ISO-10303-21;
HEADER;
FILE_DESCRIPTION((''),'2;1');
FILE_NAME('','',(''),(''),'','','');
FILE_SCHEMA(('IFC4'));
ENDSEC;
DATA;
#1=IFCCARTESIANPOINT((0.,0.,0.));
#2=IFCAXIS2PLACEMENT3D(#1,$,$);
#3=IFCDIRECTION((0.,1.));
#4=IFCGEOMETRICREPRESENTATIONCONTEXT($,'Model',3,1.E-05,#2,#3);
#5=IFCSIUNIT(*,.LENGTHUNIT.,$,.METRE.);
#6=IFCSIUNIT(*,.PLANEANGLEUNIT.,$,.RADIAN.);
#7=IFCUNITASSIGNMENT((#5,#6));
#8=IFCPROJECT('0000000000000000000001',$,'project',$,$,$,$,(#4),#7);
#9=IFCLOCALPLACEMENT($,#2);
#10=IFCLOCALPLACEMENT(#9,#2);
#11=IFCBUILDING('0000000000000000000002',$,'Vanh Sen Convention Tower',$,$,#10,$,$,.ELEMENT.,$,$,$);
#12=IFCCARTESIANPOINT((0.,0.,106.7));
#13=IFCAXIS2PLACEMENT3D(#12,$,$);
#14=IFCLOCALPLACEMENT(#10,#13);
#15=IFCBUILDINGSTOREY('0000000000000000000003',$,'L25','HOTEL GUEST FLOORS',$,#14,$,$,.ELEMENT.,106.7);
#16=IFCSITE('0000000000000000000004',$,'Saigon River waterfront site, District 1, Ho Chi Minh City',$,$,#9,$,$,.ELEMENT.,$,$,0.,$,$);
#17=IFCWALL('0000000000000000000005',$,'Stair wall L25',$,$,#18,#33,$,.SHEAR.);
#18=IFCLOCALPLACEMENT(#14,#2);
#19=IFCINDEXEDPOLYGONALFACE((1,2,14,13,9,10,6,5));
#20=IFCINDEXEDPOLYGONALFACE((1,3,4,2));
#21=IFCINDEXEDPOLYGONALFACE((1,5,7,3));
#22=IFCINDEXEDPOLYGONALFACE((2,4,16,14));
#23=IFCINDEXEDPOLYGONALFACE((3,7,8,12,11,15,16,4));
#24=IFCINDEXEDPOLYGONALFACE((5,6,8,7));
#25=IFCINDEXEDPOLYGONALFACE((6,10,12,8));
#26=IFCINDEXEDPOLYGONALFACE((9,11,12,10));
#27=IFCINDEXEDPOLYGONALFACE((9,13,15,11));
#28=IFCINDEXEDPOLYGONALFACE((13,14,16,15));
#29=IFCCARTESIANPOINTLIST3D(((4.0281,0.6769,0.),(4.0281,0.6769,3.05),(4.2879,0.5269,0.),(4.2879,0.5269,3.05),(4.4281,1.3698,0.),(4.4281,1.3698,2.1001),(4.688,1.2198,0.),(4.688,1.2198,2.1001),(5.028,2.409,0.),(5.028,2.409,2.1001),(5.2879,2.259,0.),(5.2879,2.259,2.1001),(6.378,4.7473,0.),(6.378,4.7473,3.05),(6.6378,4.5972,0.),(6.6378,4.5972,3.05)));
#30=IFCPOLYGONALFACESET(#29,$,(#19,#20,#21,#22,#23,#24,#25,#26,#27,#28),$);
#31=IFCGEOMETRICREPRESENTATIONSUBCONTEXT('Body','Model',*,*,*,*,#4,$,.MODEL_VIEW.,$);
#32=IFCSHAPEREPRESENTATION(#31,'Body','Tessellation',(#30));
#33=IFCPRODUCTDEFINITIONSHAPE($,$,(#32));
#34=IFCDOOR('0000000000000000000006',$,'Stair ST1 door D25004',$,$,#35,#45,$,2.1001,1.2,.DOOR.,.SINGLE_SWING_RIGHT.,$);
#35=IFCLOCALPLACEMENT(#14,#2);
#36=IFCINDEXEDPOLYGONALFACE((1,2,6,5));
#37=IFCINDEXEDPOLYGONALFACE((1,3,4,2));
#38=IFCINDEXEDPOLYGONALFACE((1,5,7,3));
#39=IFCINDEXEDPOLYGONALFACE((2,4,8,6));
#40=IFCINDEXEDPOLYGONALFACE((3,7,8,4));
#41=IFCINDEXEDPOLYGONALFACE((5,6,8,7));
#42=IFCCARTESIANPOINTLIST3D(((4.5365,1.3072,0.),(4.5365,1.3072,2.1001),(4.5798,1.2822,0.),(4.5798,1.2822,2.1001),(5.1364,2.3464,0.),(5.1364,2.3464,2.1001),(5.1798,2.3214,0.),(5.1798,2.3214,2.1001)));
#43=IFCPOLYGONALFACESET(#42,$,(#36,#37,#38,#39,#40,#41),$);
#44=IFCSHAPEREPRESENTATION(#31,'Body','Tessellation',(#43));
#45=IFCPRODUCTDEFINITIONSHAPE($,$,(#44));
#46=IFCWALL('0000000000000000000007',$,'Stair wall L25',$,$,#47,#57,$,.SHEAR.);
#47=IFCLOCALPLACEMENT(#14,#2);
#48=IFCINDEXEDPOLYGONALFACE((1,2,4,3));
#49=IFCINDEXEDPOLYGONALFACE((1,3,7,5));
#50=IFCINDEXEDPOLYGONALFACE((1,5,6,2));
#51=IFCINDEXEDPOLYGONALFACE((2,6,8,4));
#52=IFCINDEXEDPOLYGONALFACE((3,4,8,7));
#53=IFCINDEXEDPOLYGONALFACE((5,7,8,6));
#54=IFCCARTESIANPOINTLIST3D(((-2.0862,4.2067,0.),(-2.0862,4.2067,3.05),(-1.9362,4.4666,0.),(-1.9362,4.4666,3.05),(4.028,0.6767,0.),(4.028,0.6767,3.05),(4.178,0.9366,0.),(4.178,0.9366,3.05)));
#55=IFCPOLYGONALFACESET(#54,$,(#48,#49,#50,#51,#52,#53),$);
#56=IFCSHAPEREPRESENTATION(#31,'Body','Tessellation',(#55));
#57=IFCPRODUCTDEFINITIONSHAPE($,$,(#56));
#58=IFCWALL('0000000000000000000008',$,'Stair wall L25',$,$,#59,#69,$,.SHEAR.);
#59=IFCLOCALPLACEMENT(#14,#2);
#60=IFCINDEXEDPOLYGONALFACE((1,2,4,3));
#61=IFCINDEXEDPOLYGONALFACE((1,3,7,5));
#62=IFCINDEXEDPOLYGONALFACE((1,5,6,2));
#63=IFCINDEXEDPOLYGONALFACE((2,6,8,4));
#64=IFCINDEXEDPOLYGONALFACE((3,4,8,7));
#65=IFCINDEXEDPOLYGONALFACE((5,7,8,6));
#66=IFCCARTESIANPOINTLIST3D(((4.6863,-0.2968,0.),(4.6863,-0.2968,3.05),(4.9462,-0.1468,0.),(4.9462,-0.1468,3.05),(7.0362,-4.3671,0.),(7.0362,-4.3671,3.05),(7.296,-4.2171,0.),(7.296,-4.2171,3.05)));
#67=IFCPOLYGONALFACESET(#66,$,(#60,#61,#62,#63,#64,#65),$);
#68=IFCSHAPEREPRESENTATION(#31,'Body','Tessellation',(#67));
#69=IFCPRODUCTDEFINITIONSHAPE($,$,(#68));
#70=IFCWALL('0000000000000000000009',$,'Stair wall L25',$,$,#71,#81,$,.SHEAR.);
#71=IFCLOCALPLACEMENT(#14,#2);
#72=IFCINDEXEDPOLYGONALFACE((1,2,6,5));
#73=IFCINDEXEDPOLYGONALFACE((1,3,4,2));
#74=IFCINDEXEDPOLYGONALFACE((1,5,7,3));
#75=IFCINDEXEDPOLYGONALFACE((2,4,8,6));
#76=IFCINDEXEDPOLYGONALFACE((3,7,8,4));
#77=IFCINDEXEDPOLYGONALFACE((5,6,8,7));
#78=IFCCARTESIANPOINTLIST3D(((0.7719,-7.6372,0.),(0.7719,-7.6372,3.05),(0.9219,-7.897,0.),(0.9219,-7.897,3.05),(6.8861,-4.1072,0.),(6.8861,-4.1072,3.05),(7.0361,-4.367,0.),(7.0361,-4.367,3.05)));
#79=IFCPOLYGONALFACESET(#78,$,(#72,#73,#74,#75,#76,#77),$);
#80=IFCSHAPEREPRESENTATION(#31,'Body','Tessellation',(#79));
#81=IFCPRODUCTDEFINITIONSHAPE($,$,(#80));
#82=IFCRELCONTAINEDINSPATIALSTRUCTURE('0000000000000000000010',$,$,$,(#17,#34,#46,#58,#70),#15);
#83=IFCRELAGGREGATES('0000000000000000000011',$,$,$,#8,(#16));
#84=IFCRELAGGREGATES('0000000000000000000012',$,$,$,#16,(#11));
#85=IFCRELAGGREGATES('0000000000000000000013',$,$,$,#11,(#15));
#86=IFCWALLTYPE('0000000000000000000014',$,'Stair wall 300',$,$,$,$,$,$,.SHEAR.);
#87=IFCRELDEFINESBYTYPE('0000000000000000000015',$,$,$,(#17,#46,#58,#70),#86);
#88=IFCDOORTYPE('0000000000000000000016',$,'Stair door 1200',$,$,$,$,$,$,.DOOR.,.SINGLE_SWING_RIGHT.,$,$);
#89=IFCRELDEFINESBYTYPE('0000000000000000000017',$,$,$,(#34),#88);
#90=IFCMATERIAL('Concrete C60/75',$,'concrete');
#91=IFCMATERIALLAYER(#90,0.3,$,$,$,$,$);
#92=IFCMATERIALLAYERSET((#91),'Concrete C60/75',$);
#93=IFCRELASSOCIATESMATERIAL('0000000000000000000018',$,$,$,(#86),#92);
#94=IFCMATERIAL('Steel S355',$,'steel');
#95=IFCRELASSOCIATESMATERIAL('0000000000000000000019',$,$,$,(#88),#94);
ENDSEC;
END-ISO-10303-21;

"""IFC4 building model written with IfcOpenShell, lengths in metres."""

from ifc_helpers import new_model, si_unit, direction, frame, frame_2d, origin, place, context, subcontext, project, spatial, rectangle, extrude, material, layer, layer_set, type_object, element, fill, save


model = new_model("IFC4")

# Units and contexts
model_context = context("Model", 3, precision=1e-05, world=origin(), true_north=direction((0.0, 1.0)))
body_context = subcontext(model_context, "Body", "Model", "MODEL_VIEW")
ifc_project = project(units=[si_unit("LENGTHUNIT", "METRE"), si_unit("PLANEANGLEUNIT", "RADIAN")], contexts=[model_context])

# Site, building, storey
site_placement = place(None, origin())
site = spatial("IfcSite", under=ifc_project, at=site_placement, Name="Saigon River waterfront site, District 1, Ho Chi Minh City", CompositionType="ELEMENT", RefElevation=0.0)
building_placement = place(site_placement, origin())
building = spatial("IfcBuilding", under=site, at=building_placement, Name="Vanh Sen Convention Tower", CompositionType="ELEMENT")
storey_placement = place(building_placement, frame((0.0, 0.0, 106.7)))
storey = spatial("IfcBuildingStorey", under=building, at=storey_placement, Name="L25", Description="HOTEL GUEST FLOORS", CompositionType="ELEMENT", Elevation=106.7)

# Shared definitions
ifc_material_1 = material(Name="Steel S355", Category="steel")

# Wall, opening, door
ifc_material_2 = material(Name="Concrete C60/75", Category="concrete")
ifc_layer_1 = layer(ifc_material_2, 0.3)
ifc_layer_set_1 = layer_set([ifc_layer_1], Name="Concrete C60/75")
wall_type_1 = type_object("IfcWallType", Name="Stair wall 300", PredefinedType="SHEAR", material=ifc_layer_set_1)
wall_1_placement = place(storey_placement, frame((4.158, 0.6018, 0.0), z_axis=(0.0, 0.0, 1.0), x_axis=(0.499977, 0.866039, 0.0)))
wall_1 = element("IfcWall", 1, at=wall_1_placement, inside=storey, type_object=wall_type_1, Name="Stair wall L25", PredefinedType="SHEAR", context=body_context, shape_type="SweptSolid", body=[
    extrude(rectangle(XDim=4.7, YDim=0.3, at=frame_2d((2.3501, 0.0))), origin(), (0.0, 0.0, 1.0), 3.05),
])
opening_1_placement = place(wall_1_placement, frame((0.8, 0.0, 0.0)))
opening_1 = element("IfcOpeningElement", 2, at=opening_1_placement, cuts=wall_1, PredefinedType="OPENING", context=body_context, shape_type="SweptSolid", body=[
    extrude(rectangle(XDim=1.2, YDim=2.1001, at=frame_2d((0.6001, 1.05))), frame((0.0, 0.1599, 0.0), z_axis=(0.0, -1.0, 0.0), x_axis=(1.0, 0.0, 0.0)), (0.0, 0.0, 1.0), 0.3201),
])
door_type_1 = type_object("IfcDoorType", Name="Stair door 1200", OperationType="SINGLE_SWING_RIGHT", PredefinedType="DOOR", material=ifc_material_1)
door_1_placement = place(opening_1_placement, origin())
door_1 = element("IfcDoor", 3, at=door_1_placement, inside=storey, type_object=door_type_1, Name="Stair ST1 door D25004", OperationType="SINGLE_SWING_RIGHT", OverallHeight=2.1001, OverallWidth=1.2, PredefinedType="DOOR", context=body_context, shape_type="SweptSolid", body=[
    extrude(rectangle(XDim=1.2, YDim=2.1001, at=frame_2d((0.6001, 1.05))), frame((0.0, 0.0249, 0.0), z_axis=(0.0, -1.0, 0.0), x_axis=(1.0, 0.0, 0.0)), (0.0, 0.0, 1.0), 0.05),
])
fill(opening_1, door_1)

# Walls
wall_2_placement = place(storey_placement, frame((4.103, 0.8066, 0.0), z_axis=(0.0, 0.0, 1.0), x_axis=(-0.866028, 0.499996, 0.0)))
element("IfcWall", 4, at=wall_2_placement, inside=storey, type_object=wall_type_1, Name="Stair wall L25", PredefinedType="SHEAR", context=body_context, shape_type="SweptSolid", body=[
    extrude(rectangle(XDim=7.0601, YDim=0.3, at=frame_2d((3.53, 0.0))), origin(), (0.0, 0.0, 1.0), 3.05),
])
wall_3_placement = place(storey_placement, frame((4.8162, -0.2217, 0.0), z_axis=(0.0, 0.0, 1.0), x_axis=(0.499977, -0.866039, 0.0)))
element("IfcWall", 5, at=wall_3_placement, inside=storey, type_object=wall_type_1, Name="Stair wall L25", PredefinedType="SHEAR", context=body_context, shape_type="SweptSolid", body=[
    extrude(rectangle(XDim=4.7, YDim=0.3, at=frame_2d((2.3501, 0.0))), origin(), (0.0, 0.0, 1.0), 3.05),
])
wall_4_placement = place(storey_placement, frame((0.8469, -7.7671, 0.0), z_axis=(0.0, 0.0, 1.0), x_axis=(0.866028, 0.499996, 0.0)))
element("IfcWall", 6, at=wall_4_placement, inside=storey, type_object=wall_type_1, Name="Stair wall L25", PredefinedType="SHEAR", context=body_context, shape_type="SweptSolid", body=[
    extrude(rectangle(XDim=7.0601, YDim=0.3, at=frame_2d((3.53, 0.0))), origin(), (0.0, 0.0, 1.0), 3.05),
])

save(model, "model.ifc")
